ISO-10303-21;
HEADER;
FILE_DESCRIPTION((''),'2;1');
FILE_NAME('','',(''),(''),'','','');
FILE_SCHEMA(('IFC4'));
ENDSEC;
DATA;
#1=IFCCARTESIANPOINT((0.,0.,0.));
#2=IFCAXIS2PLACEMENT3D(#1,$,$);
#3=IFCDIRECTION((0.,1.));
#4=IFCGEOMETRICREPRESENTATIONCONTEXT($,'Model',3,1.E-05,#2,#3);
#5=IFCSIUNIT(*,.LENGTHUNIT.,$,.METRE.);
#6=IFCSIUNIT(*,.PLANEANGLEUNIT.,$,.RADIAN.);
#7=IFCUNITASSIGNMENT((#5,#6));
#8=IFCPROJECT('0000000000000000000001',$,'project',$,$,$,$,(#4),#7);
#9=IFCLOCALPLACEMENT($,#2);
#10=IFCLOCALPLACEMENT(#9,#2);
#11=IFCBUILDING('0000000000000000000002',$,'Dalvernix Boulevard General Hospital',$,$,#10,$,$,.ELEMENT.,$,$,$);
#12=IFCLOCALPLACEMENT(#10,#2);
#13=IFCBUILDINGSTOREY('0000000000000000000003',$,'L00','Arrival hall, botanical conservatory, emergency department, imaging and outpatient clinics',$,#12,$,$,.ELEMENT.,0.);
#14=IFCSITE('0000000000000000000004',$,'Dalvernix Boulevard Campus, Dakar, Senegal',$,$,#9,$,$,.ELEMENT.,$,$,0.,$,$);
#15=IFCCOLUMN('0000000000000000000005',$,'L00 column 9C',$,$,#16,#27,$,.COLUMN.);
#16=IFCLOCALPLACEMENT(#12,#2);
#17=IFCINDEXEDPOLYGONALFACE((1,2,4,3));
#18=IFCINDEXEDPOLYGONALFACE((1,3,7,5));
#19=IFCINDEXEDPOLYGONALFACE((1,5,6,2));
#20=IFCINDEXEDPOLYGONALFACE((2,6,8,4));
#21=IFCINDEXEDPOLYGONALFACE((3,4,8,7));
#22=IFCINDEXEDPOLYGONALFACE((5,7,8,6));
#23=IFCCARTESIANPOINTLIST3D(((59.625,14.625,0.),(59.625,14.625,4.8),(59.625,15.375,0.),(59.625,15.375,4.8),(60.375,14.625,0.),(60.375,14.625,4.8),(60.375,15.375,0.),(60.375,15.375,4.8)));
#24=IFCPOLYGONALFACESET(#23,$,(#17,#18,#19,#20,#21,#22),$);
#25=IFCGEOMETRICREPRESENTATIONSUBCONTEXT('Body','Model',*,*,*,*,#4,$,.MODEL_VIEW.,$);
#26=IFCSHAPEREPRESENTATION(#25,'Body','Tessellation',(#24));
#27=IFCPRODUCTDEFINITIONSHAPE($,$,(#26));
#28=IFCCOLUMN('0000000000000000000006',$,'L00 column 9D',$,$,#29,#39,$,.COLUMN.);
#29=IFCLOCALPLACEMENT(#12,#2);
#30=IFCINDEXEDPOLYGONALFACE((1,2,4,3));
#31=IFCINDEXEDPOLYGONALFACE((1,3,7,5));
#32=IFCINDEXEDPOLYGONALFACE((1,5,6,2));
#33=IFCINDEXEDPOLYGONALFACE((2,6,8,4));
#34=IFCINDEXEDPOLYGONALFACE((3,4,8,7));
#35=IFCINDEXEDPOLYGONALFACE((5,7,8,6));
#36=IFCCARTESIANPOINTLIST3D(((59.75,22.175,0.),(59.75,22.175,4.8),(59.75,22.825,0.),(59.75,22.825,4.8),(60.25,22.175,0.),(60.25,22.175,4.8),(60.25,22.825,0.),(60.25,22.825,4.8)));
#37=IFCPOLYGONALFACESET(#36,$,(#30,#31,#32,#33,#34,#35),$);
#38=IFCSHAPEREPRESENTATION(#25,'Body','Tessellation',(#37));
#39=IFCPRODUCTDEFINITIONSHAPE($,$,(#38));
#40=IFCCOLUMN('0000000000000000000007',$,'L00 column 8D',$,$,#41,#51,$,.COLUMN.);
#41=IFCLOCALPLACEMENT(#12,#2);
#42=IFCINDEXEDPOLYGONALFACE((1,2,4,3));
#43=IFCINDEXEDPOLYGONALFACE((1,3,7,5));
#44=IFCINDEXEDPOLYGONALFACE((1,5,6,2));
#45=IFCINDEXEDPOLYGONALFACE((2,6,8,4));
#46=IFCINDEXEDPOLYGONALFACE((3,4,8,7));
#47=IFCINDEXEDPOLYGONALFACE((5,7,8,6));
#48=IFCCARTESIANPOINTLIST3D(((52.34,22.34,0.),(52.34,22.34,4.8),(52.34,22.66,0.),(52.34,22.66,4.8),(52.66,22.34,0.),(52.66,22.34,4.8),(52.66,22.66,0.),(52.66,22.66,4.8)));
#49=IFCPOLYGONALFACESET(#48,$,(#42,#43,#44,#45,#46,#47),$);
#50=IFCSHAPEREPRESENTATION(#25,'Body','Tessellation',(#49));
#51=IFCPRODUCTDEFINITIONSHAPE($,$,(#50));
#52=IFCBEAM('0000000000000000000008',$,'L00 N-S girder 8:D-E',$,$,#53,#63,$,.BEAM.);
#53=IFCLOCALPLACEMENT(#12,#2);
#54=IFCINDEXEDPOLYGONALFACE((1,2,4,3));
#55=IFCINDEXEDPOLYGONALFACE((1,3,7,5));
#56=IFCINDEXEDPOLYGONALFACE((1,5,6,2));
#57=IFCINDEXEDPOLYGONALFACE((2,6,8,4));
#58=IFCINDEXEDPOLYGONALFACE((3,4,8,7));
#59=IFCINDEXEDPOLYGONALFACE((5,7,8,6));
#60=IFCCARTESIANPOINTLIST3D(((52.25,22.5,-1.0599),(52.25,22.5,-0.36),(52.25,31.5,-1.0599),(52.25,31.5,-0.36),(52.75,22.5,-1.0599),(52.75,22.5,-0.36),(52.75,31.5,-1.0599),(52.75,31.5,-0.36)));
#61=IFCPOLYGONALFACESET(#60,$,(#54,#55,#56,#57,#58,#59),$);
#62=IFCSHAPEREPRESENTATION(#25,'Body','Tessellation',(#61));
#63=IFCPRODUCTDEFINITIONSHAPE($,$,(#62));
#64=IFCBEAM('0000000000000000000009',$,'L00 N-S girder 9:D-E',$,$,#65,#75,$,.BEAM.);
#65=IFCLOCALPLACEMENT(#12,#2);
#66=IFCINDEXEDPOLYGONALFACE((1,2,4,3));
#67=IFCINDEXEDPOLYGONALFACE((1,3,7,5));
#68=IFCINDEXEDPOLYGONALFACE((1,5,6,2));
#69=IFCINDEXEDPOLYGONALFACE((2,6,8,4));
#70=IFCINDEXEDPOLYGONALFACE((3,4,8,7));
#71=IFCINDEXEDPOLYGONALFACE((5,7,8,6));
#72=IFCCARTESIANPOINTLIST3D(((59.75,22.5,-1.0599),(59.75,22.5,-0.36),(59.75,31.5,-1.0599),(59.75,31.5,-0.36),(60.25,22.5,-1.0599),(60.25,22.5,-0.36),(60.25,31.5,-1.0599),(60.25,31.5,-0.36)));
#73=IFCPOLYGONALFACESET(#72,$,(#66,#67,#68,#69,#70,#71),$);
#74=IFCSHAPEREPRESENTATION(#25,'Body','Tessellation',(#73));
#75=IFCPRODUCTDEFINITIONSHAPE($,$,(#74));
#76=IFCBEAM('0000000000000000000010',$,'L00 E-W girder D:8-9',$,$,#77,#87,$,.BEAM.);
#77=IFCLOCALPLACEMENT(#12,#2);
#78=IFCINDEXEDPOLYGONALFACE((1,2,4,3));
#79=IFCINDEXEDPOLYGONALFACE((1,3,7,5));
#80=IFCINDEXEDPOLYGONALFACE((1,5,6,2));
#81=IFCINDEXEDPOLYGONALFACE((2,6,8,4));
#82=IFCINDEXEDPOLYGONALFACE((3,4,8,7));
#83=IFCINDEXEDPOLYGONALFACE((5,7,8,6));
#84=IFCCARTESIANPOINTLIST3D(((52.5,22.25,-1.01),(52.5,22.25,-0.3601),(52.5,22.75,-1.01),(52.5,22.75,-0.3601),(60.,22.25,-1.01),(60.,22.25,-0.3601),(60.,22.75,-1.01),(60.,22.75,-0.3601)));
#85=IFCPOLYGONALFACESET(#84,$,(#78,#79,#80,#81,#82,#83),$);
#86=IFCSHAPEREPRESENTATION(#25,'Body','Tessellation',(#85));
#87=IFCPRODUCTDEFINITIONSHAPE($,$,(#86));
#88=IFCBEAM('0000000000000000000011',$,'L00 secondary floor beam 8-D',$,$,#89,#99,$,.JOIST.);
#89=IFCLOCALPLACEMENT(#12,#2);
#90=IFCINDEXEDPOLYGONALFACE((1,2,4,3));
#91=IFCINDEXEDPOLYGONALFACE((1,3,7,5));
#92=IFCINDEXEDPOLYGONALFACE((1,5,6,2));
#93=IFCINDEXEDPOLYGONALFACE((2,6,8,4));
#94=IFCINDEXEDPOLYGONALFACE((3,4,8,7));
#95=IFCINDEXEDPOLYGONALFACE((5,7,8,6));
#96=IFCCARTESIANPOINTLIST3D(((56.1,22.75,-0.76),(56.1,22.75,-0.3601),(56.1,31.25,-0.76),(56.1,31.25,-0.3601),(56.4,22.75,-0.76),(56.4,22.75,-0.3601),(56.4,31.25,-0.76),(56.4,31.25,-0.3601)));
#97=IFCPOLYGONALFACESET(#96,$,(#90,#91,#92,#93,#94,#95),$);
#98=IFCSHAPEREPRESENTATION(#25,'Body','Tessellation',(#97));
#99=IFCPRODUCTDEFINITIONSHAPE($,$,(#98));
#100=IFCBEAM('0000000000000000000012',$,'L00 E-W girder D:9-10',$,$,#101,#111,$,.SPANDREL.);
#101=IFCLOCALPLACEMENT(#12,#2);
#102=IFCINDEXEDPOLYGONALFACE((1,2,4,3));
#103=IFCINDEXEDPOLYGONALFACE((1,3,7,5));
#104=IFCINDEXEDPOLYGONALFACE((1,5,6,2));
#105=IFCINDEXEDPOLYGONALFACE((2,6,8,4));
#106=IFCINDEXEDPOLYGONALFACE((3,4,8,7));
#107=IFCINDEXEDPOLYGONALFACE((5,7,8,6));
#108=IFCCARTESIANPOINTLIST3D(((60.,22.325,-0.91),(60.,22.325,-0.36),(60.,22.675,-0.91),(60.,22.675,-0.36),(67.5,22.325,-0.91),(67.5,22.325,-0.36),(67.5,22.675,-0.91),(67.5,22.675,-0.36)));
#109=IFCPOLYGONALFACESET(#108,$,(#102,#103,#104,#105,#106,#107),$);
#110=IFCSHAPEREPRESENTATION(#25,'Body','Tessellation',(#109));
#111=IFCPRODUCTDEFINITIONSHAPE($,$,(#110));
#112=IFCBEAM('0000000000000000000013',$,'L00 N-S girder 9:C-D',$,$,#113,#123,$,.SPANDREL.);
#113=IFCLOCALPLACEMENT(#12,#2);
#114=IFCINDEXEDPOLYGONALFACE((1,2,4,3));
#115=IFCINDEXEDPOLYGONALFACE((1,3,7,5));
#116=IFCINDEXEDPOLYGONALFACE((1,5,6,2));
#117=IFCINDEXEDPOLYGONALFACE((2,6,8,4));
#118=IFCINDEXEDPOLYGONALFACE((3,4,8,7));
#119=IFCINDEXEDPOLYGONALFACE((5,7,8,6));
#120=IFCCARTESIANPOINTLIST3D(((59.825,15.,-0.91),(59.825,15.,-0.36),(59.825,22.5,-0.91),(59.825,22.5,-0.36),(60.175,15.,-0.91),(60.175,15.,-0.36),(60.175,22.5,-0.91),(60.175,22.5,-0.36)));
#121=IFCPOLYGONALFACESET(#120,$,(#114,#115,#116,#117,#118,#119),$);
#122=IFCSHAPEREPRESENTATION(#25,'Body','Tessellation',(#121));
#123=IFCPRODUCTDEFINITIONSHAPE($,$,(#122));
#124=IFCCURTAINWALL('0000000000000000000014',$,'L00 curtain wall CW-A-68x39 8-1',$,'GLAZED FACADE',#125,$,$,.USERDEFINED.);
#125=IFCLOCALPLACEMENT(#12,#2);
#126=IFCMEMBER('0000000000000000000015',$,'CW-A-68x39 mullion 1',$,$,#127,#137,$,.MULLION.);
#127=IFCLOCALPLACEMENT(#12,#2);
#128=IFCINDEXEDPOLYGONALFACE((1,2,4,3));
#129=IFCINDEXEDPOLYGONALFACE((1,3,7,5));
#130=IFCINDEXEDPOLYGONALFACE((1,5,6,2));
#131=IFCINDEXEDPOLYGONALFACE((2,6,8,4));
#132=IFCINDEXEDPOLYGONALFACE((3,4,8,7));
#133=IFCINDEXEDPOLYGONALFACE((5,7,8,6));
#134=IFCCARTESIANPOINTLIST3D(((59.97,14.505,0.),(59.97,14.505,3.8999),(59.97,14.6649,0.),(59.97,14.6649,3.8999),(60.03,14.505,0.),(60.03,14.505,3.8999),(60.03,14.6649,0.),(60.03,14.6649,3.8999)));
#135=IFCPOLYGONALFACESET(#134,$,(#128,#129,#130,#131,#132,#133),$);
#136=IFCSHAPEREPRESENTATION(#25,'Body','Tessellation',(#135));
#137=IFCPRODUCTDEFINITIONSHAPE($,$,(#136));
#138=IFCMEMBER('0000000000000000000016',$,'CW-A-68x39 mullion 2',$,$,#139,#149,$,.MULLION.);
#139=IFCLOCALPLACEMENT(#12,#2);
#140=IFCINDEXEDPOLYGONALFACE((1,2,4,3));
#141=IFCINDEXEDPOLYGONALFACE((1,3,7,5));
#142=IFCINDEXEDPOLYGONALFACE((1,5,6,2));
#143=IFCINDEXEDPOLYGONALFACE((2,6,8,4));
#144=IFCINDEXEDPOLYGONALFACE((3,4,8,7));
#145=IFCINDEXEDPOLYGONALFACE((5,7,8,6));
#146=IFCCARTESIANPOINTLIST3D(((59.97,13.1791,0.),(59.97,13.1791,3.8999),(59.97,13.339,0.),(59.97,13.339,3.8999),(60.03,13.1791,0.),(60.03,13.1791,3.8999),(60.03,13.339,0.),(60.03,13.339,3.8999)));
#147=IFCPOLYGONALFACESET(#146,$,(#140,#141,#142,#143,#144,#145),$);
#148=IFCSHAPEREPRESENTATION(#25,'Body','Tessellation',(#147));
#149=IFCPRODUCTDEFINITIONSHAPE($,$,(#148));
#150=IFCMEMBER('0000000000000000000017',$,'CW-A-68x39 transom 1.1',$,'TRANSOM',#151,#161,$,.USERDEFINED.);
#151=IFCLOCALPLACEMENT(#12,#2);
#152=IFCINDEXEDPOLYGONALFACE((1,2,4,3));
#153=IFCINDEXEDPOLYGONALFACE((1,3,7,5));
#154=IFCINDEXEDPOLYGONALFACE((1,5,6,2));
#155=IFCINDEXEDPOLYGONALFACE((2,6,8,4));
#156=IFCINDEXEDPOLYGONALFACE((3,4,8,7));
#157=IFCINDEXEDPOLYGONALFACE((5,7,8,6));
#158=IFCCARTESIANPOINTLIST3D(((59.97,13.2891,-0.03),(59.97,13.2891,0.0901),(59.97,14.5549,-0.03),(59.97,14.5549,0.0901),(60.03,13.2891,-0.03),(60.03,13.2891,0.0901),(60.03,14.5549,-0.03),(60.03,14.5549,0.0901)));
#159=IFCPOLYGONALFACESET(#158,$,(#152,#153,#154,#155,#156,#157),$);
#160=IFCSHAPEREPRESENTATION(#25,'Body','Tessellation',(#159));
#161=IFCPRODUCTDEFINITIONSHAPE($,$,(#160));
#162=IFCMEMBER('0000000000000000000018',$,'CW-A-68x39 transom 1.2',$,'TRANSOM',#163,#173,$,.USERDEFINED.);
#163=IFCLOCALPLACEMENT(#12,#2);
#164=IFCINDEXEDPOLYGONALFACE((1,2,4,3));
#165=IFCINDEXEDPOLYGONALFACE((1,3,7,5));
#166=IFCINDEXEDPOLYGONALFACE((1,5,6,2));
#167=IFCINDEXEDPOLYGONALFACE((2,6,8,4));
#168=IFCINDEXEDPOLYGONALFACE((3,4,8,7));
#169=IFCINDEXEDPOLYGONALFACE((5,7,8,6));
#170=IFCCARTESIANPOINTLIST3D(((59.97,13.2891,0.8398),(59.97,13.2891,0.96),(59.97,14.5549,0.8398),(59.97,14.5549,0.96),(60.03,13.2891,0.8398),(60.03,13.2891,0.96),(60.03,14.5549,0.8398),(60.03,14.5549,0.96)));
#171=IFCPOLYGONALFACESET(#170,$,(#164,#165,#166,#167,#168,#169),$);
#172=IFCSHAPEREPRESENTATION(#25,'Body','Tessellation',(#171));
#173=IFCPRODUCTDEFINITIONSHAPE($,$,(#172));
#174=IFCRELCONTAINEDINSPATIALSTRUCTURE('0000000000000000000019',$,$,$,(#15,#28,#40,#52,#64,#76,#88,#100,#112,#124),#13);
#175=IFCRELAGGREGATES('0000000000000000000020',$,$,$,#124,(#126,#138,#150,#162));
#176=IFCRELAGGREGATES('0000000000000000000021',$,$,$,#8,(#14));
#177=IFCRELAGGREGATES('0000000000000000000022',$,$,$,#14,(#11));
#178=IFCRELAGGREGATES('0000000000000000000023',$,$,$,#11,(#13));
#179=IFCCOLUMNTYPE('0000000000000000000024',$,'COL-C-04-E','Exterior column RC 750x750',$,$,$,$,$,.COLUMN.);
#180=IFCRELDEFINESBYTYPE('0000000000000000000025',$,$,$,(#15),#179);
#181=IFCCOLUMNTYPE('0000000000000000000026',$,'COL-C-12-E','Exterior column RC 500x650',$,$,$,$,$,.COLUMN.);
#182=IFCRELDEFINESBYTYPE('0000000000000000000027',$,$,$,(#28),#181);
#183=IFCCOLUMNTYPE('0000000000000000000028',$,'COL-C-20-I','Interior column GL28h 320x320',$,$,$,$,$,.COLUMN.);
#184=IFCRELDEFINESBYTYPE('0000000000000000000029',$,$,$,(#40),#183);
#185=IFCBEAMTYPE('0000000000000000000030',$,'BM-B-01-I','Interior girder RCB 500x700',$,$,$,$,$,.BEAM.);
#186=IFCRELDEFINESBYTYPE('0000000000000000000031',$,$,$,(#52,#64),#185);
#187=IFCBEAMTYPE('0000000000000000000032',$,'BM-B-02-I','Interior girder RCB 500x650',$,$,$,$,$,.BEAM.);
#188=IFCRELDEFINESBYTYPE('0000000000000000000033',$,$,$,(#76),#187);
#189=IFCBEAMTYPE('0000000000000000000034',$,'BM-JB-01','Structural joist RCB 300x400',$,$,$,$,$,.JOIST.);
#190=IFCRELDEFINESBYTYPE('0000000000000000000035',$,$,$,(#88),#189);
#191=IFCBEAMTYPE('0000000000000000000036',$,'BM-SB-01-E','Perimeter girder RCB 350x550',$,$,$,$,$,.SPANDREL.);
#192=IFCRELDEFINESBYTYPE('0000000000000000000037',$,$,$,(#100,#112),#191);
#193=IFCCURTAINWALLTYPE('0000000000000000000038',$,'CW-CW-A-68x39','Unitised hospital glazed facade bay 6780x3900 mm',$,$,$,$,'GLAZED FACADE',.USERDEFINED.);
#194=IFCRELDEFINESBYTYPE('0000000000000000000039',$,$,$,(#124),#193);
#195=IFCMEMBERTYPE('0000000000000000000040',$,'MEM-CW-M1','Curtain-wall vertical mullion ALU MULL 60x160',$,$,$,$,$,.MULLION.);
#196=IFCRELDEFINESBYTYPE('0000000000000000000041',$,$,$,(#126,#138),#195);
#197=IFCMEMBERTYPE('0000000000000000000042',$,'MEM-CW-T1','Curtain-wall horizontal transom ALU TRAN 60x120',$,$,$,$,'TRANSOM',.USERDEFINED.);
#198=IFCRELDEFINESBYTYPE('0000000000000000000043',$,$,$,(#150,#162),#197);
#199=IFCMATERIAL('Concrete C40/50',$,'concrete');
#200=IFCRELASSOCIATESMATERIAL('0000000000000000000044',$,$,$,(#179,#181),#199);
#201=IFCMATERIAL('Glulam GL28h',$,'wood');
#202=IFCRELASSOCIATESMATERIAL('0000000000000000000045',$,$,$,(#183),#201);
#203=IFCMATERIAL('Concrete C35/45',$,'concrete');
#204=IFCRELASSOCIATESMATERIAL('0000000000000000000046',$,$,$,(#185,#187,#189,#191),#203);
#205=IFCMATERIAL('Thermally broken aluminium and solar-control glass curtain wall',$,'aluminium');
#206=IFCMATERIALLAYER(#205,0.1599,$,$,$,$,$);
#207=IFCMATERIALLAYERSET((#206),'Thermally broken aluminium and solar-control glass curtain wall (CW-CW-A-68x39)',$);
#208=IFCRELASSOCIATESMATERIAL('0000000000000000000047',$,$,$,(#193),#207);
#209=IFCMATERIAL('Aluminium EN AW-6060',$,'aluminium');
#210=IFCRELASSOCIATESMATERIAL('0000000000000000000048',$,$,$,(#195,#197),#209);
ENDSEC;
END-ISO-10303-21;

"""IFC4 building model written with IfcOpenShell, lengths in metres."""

from ifc_helpers import new_model, si_unit, direction, frame, origin, origin_2d, place, context, subcontext, project, spatial, rectangle, extrude, material, layer, layer_set, material_profile, profile_set, type_object, element, aggregate, save


model = new_model("IFC4")

# Units and contexts
model_context = context("Model", 3, precision=1e-05, world=origin(), true_north=direction((0.0, 1.0)))
body_context = subcontext(model_context, "Body", "Model", "MODEL_VIEW")
ifc_project = project(units=[si_unit("LENGTHUNIT", "METRE"), si_unit("PLANEANGLEUNIT", "RADIAN")], contexts=[model_context])

# Site, building, storey
site_placement = place(None, origin())
site = spatial("IfcSite", under=ifc_project, at=site_placement, Name="Dalvernix Boulevard Campus, Dakar, Senegal", CompositionType="ELEMENT", RefElevation=0.0)
building_placement = place(site_placement, origin())
building = spatial("IfcBuilding", under=site, at=building_placement, Name="Dalvernix Boulevard General Hospital", CompositionType="ELEMENT")
storey_placement = place(building_placement, origin())
storey = spatial("IfcBuildingStorey", under=building, at=storey_placement, Name="L00", Description="Arrival hall, botanical conservatory, emergency department, imaging and outpatient clinics", CompositionType="ELEMENT", Elevation=0.0)

# Columns
ifc_material_1 = material(Name="Concrete C40/50", Category="concrete")
ifc_material_profile_1 = material_profile(ifc_material_1, rectangle(XDim=0.75, YDim=0.75, at=origin_2d()), Name="RC 750x750")
ifc_profile_set_1 = profile_set([ifc_material_profile_1], Name="Concrete C40/50")
column_type_1 = type_object("IfcColumnType", Name="COL-C-04-E", Description="Exterior column RC 750x750", PredefinedType="COLUMN", material=ifc_profile_set_1)
column_1_placement = place(storey_placement, frame((60.0, 15.0, 0.0), z_axis=(0.0, 0.0, 1.0), x_axis=(1.0, 0.0, 0.0)))
element("IfcColumn", 1, at=column_1_placement, inside=storey, type_object=column_type_1, Name="L00 column 9C", PredefinedType="COLUMN", context=body_context, shape_type="SweptSolid", body=[
    extrude(rectangle(XDim=0.75, YDim=0.75, at=origin_2d()), origin(), (0.0, 0.0, 1.0), 4.8),
])
ifc_material_profile_2 = material_profile(ifc_material_1, rectangle(XDim=0.5, YDim=0.6499, at=origin_2d()), Name="RC 500x650")
ifc_profile_set_2 = profile_set([ifc_material_profile_2], Name="Concrete C40/50")
column_type_2 = type_object("IfcColumnType", Name="COL-C-12-E", Description="Exterior column RC 500x650", PredefinedType="COLUMN", material=ifc_profile_set_2)
column_2_placement = place(storey_placement, frame((60.0, 22.5, 0.0), z_axis=(0.0, 0.0, 1.0), x_axis=(1.0, 0.0, 0.0)))
element("IfcColumn", 2, at=column_2_placement, inside=storey, type_object=column_type_2, Name="L00 column 9D", PredefinedType="COLUMN", context=body_context, shape_type="SweptSolid", body=[
    extrude(rectangle(XDim=0.5, YDim=0.6499, at=origin_2d()), origin(), (0.0, 0.0, 1.0), 4.8),
])
ifc_material_2 = material(Name="Glulam GL28h", Category="wood")
ifc_material_profile_3 = material_profile(ifc_material_2, rectangle(XDim=0.3201, YDim=0.3201, at=origin_2d()), Name="GL28h 320x320")
ifc_profile_set_3 = profile_set([ifc_material_profile_3], Name="Glulam GL28h")
column_type_3 = type_object("IfcColumnType", Name="COL-C-20-I", Description="Interior column GL28h 320x320", PredefinedType="COLUMN", material=ifc_profile_set_3)
column_3_placement = place(storey_placement, frame((52.5, 22.5, 0.0), z_axis=(0.0, 0.0, 1.0), x_axis=(1.0, 0.0, 0.0)))
element("IfcColumn", 3, at=column_3_placement, inside=storey, type_object=column_type_3, Name="L00 column 8D", PredefinedType="COLUMN", context=body_context, shape_type="SweptSolid", body=[
    extrude(rectangle(XDim=0.3201, YDim=0.3201, at=origin_2d()), origin(), (0.0, 0.0, 1.0), 4.8),
])

# Beams
ifc_material_3 = material(Name="Concrete C35/45", Category="concrete")
ifc_material_profile_4 = material_profile(ifc_material_3, rectangle(XDim=0.5, YDim=0.7, at=origin_2d()), Name="RCB 500x700")
ifc_profile_set_4 = profile_set([ifc_material_profile_4], Name="Concrete C35/45")
beam_type_1 = type_object("IfcBeamType", Name="BM-B-01-I", Description="Interior girder RCB 500x700", PredefinedType="BEAM", material=ifc_profile_set_4)
for number, where, z_axis, x_axis, name in (
    (4, (52.5, 22.5, -0.71), (0.0, 1.0, 0.0), (-1.0, 0.0, 0.0), "L00 N-S girder 8:D-E"),
    (5, (60.0, 22.5, -0.71), (0.0, 1.0, 0.0), (-1.0, 0.0, 0.0), "L00 N-S girder 9:D-E"),
):
    element("IfcBeam", number, at=place(storey_placement, frame(where, z_axis=z_axis, x_axis=x_axis)), inside=storey, type_object=beam_type_1, Name=name, PredefinedType="BEAM", context=body_context, shape_type="SweptSolid", body=[
        extrude(rectangle(XDim=0.5, YDim=0.7, at=origin_2d()), origin(), (0.0, 0.0, 1.0), 9.0),
    ])
ifc_material_profile_5 = material_profile(ifc_material_3, rectangle(XDim=0.5, YDim=0.6499, at=origin_2d()), Name="RCB 500x650")
ifc_profile_set_5 = profile_set([ifc_material_profile_5], Name="Concrete C35/45")
beam_type_2 = type_object("IfcBeamType", Name="BM-B-02-I", Description="Interior girder RCB 500x650", PredefinedType="BEAM", material=ifc_profile_set_5)
beam_1_placement = place(storey_placement, frame((52.5, 22.5, -0.6851), z_axis=(1.0, 0.0, 0.0), x_axis=(0.0, 1.0, 0.0)))
element("IfcBeam", 6, at=beam_1_placement, inside=storey, type_object=beam_type_2, Name="L00 E-W girder D:8-9", PredefinedType="BEAM", context=body_context, shape_type="SweptSolid", body=[
    extrude(rectangle(XDim=0.5, YDim=0.6499, at=origin_2d()), origin(), (0.0, 0.0, 1.0), 7.5),
])
ifc_material_profile_6 = material_profile(ifc_material_3, rectangle(XDim=0.3, YDim=0.3999, at=origin_2d()), Name="RCB 300x400")
ifc_profile_set_6 = profile_set([ifc_material_profile_6], Name="Concrete C35/45")
beam_type_3 = type_object("IfcBeamType", Name="BM-JB-01", Description="Structural joist RCB 300x400", PredefinedType="JOIST", material=ifc_profile_set_6)
beam_2_placement = place(storey_placement, frame((56.25, 22.75, -0.5601), z_axis=(0.0, 1.0, 0.0), x_axis=(-1.0, 0.0, 0.0)))
element("IfcBeam", 7, at=beam_2_placement, inside=storey, type_object=beam_type_3, Name="L00 secondary floor beam 8-D", PredefinedType="JOIST", context=body_context, shape_type="SweptSolid", body=[
    extrude(rectangle(XDim=0.3, YDim=0.3999, at=origin_2d()), origin(), (0.0, 0.0, 1.0), 8.5),
])
ifc_material_profile_7 = material_profile(ifc_material_3, rectangle(XDim=0.3501, YDim=0.55, at=origin_2d()), Name="RCB 350x550")
ifc_profile_set_7 = profile_set([ifc_material_profile_7], Name="Concrete C35/45")
beam_type_4 = type_object("IfcBeamType", Name="BM-SB-01-E", Description="Perimeter girder RCB 350x550", PredefinedType="SPANDREL", material=ifc_profile_set_7)
for number, where, z_axis, x_axis, name in (
    (8, (60.0, 22.5, -0.635), (1.0, 0.0, 0.0), (0.0, 1.0, 0.0), "L00 E-W girder D:9-10"),
    (9, (60.0, 15.0, -0.635), (0.0, 1.0, 0.0), (-1.0, 0.0, 0.0), "L00 N-S girder 9:C-D"),
):
    element("IfcBeam", number, at=place(storey_placement, frame(where, z_axis=z_axis, x_axis=x_axis)), inside=storey, type_object=beam_type_4, Name=name, PredefinedType="SPANDREL", context=body_context, shape_type="SweptSolid", body=[
        extrude(rectangle(XDim=0.3501, YDim=0.55, at=origin_2d()), origin(), (0.0, 0.0, 1.0), 7.5),
    ])

# Curtain wall, members
ifc_material_4 = material(Name="Thermally broken aluminium and solar-control glass curtain wall", Category="aluminium")
ifc_layer_1 = layer(ifc_material_4, 0.1599)
ifc_layer_set_1 = layer_set([ifc_layer_1], Name="Thermally broken aluminium and solar-control glass curtain wall (CW-CW-A-68x39)")
curtain_wall_type = type_object("IfcCurtainWallType", Name="CW-CW-A-68x39", Description="Unitised hospital glazed facade bay 6780x3900 mm", ElementType="GLAZED FACADE", PredefinedType="USERDEFINED", material=ifc_layer_set_1)
curtain_wall_placement = place(storey_placement, origin())
curtain_wall = element("IfcCurtainWall", 10, at=curtain_wall_placement, inside=storey, type_object=curtain_wall_type, Name="L00 curtain wall CW-A-68x39 8-1", ObjectType="GLAZED FACADE", PredefinedType="USERDEFINED")
ifc_material_5 = material(Name="Aluminium EN AW-6060", Category="aluminium")
ifc_material_profile_8 = material_profile(ifc_material_5, rectangle(XDim=0.0601, YDim=0.1599, at=origin_2d()), Name="ALU MULL 60x160")
ifc_profile_set_8 = profile_set([ifc_material_profile_8], Name="Aluminium EN AW-6060")
member_type_1 = type_object("IfcMemberType", Name="MEM-CW-M1", Description="Curtain-wall vertical mullion ALU MULL 60x160", PredefinedType="MULLION", material=ifc_profile_set_8)
member_1_placement = place(storey_placement, frame((60.0, 14.585, 0.0), z_axis=(0.0, 0.0, 1.0), x_axis=(1.0, 0.0, 0.0)))
member_1 = element("IfcMember", 11, at=member_1_placement, type_object=member_type_1, Name="CW-A-68x39 mullion 1", PredefinedType="MULLION", context=body_context, shape_type="SweptSolid", body=[
    extrude(rectangle(XDim=0.0601, YDim=0.1599, at=origin_2d()), origin(), (0.0, 0.0, 1.0), 3.8999),
])
member_2_placement = place(storey_placement, frame((60.0, 13.259, 0.0), z_axis=(0.0, 0.0, 1.0), x_axis=(1.0, 0.0, 0.0)))
member_2 = element("IfcMember", 12, at=member_2_placement, type_object=member_type_1, Name="CW-A-68x39 mullion 2", PredefinedType="MULLION", context=body_context, shape_type="SweptSolid", body=[
    extrude(rectangle(XDim=0.0601, YDim=0.1599, at=origin_2d()), origin(), (0.0, 0.0, 1.0), 3.8999),
])
ifc_material_profile_9 = material_profile(ifc_material_5, rectangle(XDim=0.0601, YDim=0.1201, at=origin_2d()), Name="ALU TRAN 60x120")
ifc_profile_set_9 = profile_set([ifc_material_profile_9], Name="Aluminium EN AW-6060")
member_type_2 = type_object("IfcMemberType", Name="MEM-CW-T1", Description="Curtain-wall horizontal transom ALU TRAN 60x120", ElementType="TRANSOM", PredefinedType="USERDEFINED", material=ifc_profile_set_9)
member_3_placement = place(storey_placement, frame((60.0, 14.5549, 0.03), z_axis=(0.0, -1.0, 0.0), x_axis=(1.0, 0.0, 0.0)))
member_3 = element("IfcMember", 13, at=member_3_placement, type_object=member_type_2, Name="CW-A-68x39 transom 1.1", ObjectType="TRANSOM", PredefinedType="USERDEFINED", context=body_context, shape_type="SweptSolid", body=[
    extrude(rectangle(XDim=0.0601, YDim=0.1201, at=origin_2d()), origin(), (0.0, 0.0, 1.0), 1.2659),
])
member_4_placement = place(storey_placement, frame((60.0, 14.5549, 0.8999), z_axis=(0.0, -1.0, 0.0), x_axis=(1.0, 0.0, 0.0)))
member_4 = element("IfcMember", 14, at=member_4_placement, type_object=member_type_2, Name="CW-A-68x39 transom 1.2", ObjectType="TRANSOM", PredefinedType="USERDEFINED", context=body_context, shape_type="SweptSolid", body=[
    extrude(rectangle(XDim=0.0601, YDim=0.1201, at=origin_2d()), origin(), (0.0, 0.0, 1.0), 1.2659),
])
aggregate(curtain_wall, [member_1, member_2, member_3, member_4])

save(model, "model.ifc")
